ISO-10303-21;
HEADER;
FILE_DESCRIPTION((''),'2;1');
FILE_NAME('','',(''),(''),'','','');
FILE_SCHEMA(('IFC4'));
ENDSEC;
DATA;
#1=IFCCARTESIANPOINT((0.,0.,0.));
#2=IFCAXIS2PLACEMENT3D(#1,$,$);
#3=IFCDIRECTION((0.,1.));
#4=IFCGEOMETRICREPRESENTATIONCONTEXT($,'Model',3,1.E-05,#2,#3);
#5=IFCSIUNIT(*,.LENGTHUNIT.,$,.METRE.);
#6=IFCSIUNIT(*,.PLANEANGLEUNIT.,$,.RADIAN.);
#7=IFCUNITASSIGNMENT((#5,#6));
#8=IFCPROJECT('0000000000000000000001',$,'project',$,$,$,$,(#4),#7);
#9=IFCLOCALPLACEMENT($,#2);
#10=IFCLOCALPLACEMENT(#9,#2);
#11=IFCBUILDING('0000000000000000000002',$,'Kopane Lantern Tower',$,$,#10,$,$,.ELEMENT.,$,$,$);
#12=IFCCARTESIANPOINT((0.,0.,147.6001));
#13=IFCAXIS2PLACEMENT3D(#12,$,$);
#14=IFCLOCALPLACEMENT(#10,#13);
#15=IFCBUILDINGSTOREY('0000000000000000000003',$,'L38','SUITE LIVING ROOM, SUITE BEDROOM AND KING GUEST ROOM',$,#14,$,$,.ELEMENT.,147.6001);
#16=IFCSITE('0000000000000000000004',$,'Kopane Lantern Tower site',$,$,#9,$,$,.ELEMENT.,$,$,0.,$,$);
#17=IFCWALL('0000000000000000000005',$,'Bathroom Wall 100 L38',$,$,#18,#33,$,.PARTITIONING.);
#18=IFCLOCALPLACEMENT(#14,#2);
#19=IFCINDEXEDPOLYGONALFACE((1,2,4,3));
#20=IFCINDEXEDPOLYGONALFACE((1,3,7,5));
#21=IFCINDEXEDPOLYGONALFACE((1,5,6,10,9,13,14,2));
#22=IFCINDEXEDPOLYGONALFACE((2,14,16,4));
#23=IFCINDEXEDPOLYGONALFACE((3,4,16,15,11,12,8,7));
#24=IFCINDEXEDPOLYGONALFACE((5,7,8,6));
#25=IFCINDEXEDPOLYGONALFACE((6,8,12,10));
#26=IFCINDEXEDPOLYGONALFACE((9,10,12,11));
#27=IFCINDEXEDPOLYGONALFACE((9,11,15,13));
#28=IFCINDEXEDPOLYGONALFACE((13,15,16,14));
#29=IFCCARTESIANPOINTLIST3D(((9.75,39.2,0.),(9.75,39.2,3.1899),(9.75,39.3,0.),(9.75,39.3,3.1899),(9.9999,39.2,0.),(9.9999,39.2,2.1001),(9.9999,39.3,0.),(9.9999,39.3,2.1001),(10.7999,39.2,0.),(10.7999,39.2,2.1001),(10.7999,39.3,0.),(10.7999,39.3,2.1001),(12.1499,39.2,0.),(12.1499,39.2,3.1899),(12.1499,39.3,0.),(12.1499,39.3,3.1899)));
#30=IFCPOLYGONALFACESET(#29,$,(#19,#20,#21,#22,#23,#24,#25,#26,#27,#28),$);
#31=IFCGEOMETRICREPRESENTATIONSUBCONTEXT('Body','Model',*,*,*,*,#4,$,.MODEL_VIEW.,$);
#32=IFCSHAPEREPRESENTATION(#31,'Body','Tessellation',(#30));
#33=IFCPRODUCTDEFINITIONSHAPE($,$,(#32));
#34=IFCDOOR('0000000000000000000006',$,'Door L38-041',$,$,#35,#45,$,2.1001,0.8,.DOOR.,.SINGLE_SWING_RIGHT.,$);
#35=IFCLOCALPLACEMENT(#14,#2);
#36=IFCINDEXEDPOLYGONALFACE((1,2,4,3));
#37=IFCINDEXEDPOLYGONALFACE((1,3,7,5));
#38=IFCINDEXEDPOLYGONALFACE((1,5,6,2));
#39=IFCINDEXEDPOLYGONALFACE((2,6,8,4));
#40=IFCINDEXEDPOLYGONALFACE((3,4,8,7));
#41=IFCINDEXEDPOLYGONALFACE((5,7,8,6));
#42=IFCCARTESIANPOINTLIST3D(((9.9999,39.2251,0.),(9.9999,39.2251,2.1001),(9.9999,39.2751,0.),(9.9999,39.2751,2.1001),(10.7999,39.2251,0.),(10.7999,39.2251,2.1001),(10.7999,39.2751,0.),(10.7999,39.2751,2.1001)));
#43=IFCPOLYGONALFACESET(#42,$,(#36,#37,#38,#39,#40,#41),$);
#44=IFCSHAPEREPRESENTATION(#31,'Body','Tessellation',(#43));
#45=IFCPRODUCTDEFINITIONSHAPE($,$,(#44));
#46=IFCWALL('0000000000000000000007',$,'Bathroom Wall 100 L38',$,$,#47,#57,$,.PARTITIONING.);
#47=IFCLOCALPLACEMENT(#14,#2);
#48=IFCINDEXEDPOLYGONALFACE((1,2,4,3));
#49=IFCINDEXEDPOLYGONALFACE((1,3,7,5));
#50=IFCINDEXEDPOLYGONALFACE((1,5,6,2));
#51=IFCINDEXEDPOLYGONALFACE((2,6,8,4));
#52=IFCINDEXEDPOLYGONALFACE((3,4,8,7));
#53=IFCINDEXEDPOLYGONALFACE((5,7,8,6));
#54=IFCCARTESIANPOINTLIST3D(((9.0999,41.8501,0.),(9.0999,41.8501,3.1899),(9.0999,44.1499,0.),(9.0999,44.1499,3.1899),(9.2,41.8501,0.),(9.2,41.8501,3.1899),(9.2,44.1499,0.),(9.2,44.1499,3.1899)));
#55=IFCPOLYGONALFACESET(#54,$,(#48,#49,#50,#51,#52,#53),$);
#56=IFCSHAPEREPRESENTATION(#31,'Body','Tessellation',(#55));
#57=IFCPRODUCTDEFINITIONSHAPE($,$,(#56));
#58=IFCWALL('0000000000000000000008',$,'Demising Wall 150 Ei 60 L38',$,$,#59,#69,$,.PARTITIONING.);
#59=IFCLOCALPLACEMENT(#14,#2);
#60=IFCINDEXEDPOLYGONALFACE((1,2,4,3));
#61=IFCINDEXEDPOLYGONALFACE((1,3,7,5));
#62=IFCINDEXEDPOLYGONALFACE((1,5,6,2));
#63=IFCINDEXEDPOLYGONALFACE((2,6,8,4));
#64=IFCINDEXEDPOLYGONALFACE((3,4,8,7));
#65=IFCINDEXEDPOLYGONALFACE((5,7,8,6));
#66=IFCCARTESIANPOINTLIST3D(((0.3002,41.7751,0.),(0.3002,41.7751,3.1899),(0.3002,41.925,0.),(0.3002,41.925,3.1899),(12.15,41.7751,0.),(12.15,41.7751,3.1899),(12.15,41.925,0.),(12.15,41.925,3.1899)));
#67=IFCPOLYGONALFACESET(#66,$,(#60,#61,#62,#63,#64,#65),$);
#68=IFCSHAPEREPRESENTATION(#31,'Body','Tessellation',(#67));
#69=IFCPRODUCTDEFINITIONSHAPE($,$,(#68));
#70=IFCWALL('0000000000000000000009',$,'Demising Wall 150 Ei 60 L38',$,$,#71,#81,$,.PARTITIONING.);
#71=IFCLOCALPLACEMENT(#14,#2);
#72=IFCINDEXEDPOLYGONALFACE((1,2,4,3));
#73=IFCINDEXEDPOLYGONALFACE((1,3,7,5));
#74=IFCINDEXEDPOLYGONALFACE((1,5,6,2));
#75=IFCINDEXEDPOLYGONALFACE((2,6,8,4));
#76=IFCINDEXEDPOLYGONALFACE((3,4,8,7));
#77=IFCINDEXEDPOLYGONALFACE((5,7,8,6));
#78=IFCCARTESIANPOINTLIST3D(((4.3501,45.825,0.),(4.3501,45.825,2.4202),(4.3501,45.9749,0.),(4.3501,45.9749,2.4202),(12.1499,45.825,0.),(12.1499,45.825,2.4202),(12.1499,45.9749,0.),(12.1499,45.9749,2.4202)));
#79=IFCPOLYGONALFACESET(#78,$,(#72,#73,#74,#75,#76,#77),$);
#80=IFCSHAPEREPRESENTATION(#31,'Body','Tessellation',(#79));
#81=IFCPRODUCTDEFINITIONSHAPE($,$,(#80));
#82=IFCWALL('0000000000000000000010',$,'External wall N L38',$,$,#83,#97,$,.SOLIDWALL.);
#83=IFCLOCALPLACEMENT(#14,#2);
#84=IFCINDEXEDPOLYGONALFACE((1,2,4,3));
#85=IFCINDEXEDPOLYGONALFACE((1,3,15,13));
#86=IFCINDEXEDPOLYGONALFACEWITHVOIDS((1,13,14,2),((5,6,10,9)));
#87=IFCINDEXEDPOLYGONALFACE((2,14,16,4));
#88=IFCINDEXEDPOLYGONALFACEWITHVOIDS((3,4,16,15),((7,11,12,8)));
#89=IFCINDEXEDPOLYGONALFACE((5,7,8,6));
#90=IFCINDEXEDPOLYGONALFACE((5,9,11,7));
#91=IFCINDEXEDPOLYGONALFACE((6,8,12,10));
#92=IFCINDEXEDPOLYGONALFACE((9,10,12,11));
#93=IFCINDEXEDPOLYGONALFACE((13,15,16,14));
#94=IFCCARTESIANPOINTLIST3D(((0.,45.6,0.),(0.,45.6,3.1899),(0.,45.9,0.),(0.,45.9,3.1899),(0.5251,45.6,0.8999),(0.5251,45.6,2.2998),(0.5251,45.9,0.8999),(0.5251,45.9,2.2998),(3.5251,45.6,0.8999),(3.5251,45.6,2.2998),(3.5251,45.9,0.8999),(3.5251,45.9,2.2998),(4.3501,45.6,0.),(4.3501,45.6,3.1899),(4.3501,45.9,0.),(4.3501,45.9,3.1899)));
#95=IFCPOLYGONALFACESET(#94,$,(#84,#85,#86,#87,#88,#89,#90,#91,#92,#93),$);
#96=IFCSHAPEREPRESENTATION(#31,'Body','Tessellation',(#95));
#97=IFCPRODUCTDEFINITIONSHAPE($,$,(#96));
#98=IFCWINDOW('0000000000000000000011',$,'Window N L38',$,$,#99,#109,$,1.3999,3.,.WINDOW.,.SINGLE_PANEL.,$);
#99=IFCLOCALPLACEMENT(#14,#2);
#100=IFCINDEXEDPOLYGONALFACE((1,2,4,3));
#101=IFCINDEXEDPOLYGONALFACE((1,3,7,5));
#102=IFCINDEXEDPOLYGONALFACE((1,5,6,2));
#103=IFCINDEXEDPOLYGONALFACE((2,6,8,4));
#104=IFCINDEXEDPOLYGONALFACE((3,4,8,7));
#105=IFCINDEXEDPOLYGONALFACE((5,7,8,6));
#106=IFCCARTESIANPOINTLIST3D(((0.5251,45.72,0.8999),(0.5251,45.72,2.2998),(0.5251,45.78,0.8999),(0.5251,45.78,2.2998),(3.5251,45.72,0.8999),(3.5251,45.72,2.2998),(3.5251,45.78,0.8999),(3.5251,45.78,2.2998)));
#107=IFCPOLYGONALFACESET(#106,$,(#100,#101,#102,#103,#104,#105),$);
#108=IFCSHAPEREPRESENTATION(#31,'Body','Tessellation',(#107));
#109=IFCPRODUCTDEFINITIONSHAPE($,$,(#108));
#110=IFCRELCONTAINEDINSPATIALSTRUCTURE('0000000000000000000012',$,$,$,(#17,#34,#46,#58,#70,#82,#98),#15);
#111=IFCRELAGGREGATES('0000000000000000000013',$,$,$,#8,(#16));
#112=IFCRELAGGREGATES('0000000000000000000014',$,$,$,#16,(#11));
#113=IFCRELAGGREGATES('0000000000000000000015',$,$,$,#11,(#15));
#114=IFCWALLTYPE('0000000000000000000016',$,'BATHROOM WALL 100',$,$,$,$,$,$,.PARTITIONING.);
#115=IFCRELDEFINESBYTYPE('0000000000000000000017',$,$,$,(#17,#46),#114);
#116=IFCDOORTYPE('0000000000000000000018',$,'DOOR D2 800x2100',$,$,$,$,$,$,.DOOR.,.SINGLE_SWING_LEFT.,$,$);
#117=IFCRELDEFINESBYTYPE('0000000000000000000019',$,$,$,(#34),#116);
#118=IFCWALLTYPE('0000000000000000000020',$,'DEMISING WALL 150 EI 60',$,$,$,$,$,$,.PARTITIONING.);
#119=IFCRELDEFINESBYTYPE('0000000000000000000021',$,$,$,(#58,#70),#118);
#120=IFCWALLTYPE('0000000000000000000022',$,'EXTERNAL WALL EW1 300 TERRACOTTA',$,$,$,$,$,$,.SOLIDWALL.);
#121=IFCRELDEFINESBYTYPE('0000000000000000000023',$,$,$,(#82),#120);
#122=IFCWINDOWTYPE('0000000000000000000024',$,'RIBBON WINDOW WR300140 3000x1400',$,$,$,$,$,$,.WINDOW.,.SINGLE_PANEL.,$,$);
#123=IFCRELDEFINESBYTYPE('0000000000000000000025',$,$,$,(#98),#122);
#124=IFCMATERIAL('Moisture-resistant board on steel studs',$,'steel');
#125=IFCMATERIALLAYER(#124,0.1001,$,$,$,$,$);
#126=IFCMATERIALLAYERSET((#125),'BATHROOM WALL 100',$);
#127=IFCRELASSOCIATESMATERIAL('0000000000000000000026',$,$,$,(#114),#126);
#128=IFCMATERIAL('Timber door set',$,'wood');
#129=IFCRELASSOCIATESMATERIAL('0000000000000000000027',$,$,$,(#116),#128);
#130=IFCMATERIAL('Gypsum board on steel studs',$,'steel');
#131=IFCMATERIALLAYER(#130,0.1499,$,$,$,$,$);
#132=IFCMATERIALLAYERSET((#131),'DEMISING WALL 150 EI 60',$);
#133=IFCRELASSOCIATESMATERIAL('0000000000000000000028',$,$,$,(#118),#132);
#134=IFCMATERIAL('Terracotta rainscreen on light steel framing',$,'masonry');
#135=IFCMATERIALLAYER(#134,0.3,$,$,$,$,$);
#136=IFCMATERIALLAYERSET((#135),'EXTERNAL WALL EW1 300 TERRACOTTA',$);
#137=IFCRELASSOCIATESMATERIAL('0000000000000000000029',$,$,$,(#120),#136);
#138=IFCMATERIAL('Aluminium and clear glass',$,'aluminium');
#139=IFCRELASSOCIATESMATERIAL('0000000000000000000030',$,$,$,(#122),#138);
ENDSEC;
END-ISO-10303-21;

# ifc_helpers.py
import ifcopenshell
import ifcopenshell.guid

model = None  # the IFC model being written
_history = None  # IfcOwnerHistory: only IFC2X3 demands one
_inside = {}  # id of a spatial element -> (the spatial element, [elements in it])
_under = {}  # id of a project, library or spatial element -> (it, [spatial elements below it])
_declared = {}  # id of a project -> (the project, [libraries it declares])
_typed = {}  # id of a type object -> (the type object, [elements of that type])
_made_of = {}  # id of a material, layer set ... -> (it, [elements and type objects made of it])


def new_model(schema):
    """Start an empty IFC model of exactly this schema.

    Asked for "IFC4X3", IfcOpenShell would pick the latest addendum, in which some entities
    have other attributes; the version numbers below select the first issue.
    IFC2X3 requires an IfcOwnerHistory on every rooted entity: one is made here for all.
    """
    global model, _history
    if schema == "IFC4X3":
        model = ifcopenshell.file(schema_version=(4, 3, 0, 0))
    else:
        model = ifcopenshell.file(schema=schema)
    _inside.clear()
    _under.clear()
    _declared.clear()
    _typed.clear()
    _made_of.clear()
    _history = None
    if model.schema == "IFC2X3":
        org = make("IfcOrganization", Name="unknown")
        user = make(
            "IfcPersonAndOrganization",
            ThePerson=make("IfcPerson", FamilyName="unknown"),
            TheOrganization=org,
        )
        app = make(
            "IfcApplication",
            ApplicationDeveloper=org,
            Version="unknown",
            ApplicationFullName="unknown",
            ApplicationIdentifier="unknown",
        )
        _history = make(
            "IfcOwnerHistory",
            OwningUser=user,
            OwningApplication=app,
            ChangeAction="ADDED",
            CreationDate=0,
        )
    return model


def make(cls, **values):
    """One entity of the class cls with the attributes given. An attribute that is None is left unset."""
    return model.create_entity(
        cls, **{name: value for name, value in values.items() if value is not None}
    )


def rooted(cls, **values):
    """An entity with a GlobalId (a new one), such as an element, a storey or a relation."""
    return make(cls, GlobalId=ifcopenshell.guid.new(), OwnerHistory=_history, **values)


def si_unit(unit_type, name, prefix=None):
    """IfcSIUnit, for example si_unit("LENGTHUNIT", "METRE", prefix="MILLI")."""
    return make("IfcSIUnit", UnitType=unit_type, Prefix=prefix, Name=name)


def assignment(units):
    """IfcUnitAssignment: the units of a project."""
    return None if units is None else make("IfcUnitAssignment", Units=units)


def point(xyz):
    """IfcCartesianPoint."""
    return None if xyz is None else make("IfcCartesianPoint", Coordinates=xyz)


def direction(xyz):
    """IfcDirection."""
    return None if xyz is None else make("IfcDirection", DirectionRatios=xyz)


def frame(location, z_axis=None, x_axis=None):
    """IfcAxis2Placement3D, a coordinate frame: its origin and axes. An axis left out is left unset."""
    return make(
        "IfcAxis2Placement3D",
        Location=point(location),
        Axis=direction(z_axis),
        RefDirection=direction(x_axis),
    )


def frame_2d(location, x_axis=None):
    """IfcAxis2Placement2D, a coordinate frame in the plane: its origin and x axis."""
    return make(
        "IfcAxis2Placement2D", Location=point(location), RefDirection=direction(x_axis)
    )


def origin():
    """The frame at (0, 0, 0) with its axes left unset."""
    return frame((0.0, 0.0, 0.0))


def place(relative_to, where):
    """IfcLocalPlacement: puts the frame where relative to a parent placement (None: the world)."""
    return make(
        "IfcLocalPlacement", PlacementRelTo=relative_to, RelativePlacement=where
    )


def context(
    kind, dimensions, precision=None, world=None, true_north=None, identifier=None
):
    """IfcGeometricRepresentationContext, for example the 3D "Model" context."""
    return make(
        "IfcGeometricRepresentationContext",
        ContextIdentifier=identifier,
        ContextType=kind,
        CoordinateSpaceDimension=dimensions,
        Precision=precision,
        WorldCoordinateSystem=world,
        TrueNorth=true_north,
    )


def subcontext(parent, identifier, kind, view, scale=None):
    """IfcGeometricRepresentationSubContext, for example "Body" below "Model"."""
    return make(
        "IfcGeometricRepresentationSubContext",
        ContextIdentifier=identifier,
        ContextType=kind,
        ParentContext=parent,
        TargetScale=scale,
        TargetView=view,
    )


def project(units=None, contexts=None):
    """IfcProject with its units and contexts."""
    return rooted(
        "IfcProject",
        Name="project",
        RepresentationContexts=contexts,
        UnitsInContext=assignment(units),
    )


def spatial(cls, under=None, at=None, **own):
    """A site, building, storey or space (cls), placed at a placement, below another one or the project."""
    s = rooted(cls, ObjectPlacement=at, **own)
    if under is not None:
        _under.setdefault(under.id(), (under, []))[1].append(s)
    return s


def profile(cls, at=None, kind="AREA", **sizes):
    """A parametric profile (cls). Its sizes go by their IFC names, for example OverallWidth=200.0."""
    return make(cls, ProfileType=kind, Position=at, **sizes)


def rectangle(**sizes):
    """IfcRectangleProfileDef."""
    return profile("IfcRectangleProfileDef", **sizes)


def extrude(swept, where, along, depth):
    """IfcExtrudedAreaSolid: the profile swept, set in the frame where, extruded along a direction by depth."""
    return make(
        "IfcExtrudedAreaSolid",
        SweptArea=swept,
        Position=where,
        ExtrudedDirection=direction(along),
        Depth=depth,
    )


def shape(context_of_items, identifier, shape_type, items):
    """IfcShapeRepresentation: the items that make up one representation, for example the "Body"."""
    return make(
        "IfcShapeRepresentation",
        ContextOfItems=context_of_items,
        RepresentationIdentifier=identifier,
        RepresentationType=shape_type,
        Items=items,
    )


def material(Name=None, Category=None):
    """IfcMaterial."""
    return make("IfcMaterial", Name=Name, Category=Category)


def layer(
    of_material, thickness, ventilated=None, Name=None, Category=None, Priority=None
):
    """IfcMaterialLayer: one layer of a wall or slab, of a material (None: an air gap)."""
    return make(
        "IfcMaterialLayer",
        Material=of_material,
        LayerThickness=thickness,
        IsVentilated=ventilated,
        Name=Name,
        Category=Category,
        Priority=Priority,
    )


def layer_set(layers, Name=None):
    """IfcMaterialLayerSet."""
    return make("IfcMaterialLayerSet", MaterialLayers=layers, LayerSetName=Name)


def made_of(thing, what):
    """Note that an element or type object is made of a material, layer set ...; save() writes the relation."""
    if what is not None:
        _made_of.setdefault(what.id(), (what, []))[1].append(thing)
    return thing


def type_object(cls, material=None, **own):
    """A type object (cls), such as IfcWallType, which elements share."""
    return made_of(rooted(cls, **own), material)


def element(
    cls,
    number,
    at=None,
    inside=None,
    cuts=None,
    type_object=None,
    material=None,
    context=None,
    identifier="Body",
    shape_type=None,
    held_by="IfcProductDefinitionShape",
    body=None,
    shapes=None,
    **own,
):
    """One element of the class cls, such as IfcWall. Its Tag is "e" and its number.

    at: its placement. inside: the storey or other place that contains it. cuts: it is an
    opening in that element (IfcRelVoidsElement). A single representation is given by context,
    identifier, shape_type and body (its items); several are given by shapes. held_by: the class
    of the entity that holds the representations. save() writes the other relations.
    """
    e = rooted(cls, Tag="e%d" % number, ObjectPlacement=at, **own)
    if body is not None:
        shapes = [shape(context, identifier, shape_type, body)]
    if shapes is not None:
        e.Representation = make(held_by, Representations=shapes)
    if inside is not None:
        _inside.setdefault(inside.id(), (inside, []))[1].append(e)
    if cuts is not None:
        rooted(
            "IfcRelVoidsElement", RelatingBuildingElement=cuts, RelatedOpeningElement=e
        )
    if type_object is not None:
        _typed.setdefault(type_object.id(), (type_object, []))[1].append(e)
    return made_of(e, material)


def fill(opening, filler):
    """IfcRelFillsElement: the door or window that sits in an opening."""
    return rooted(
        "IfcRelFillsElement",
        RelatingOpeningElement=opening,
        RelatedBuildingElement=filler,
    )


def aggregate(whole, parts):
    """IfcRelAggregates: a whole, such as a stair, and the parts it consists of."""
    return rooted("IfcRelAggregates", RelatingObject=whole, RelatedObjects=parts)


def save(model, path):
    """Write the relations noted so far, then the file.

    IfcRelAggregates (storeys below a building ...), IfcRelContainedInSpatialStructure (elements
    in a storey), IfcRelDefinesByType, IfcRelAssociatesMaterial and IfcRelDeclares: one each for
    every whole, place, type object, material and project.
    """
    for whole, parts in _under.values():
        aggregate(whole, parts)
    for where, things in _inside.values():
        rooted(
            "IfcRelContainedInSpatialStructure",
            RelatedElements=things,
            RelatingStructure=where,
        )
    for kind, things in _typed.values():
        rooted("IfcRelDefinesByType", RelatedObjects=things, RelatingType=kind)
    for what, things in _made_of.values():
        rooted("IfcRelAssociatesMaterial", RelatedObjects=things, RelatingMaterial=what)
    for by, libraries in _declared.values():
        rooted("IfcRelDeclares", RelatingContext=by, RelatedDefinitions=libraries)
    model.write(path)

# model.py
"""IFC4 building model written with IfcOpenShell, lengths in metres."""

from ifc_helpers import new_model, si_unit, direction, frame, frame_2d, origin, place, context, subcontext, project, spatial, rectangle, extrude, material, layer, layer_set, type_object, element, fill, save


model = new_model("IFC4")

# Units and contexts
model_context = context("Model", 3, precision=1e-05, world=origin(), true_north=direction((0.0, 1.0)))
body_context = subcontext(model_context, "Body", "Model", "MODEL_VIEW")
ifc_project = project(units=[si_unit("LENGTHUNIT", "METRE"), si_unit("PLANEANGLEUNIT", "RADIAN")], contexts=[model_context])

# Site, building, storey
site_placement = place(None, origin())
site = spatial("IfcSite", under=ifc_project, at=site_placement, Name="Kopane Lantern Tower site", CompositionType="ELEMENT", RefElevation=0.0)
building_placement = place(site_placement, origin())
building = spatial("IfcBuilding", under=site, at=building_placement, Name="Kopane Lantern Tower", CompositionType="ELEMENT")
storey_placement = place(building_placement, frame((0.0, 0.0, 147.6001)))
storey = spatial("IfcBuildingStorey", under=building, at=storey_placement, Name="L38", Description="SUITE LIVING ROOM, SUITE BEDROOM AND KING GUEST ROOM", CompositionType="ELEMENT", Elevation=147.6001)

# Wall, opening, door
ifc_material_1 = material(Name="Moisture-resistant board on steel studs", Category="steel")
ifc_layer_1 = layer(ifc_material_1, 0.1001)
ifc_layer_set_1 = layer_set([ifc_layer_1], Name="BATHROOM WALL 100")
wall_type_1 = type_object("IfcWallType", Name="BATHROOM WALL 100", PredefinedType="PARTITIONING", material=ifc_layer_set_1)
wall_1_placement = place(storey_placement, frame((12.1499, 39.25, 0.0), z_axis=(0.0, 0.0, 1.0), x_axis=(-1.0, 0.0, 0.0)))
wall_1 = element("IfcWall", 1, at=wall_1_placement, inside=storey, type_object=wall_type_1, Name="Bathroom Wall 100 L38", PredefinedType="PARTITIONING", context=body_context, shape_type="SweptSolid", body=[
    extrude(rectangle(XDim=2.3999, YDim=0.1001, at=frame_2d((1.2, 0.0))), origin(), (0.0, 0.0, 1.0), 3.1899),
])
opening_1_placement = place(wall_1_placement, frame((1.3501, 0.0, 0.0)))
opening_1 = element("IfcOpeningElement", 2, at=opening_1_placement, cuts=wall_1, PredefinedType="OPENING", context=body_context, shape_type="SweptSolid", body=[
    extrude(rectangle(XDim=0.8, YDim=2.1001, at=frame_2d((0.3999, 1.05))), frame((0.0, 0.0601, 0.0), z_axis=(0.0, -1.0, 0.0), x_axis=(1.0, 0.0, 0.0)), (0.0, 0.0, 1.0), 0.1201),
])
ifc_material_2 = material(Name="Timber door set", Category="wood")
door_type = type_object("IfcDoorType", Name="DOOR D2 800x2100", OperationType="SINGLE_SWING_LEFT", PredefinedType="DOOR", material=ifc_material_2)
door_placement = place(opening_1_placement, origin())
door = element("IfcDoor", 3, at=door_placement, inside=storey, type_object=door_type, Name="Door L38-041", OperationType="SINGLE_SWING_RIGHT", OverallHeight=2.1001, OverallWidth=0.8, PredefinedType="DOOR", context=body_context, shape_type="SweptSolid", body=[
    extrude(rectangle(XDim=0.8, YDim=2.1001, at=frame_2d((0.3999, 1.05))), frame((0.0, 0.0249, 0.0), z_axis=(0.0, -1.0, 0.0), x_axis=(1.0, 0.0, 0.0)), (0.0, 0.0, 1.0), 0.05),
])
fill(opening_1, door)

# Walls
wall_2_placement = place(storey_placement, frame((9.1499, 41.8501, 0.0), z_axis=(0.0, 0.0, 1.0), x_axis=(0.0, 1.0, 0.0)))
element("IfcWall", 4, at=wall_2_placement, inside=storey, type_object=wall_type_1, Name="Bathroom Wall 100 L38", PredefinedType="PARTITIONING", context=body_context, shape_type="SweptSolid", body=[
    extrude(rectangle(XDim=2.2998, YDim=0.1001, at=frame_2d((1.1499, 0.0))), origin(), (0.0, 0.0, 1.0), 3.1899),
])
ifc_material_3 = material(Name="Gypsum board on steel studs", Category="steel")
ifc_layer_2 = layer(ifc_material_3, 0.1499)
ifc_layer_set_2 = layer_set([ifc_layer_2], Name="DEMISING WALL 150 EI 60")
wall_type_2 = type_object("IfcWallType", Name="DEMISING WALL 150 EI 60", PredefinedType="PARTITIONING", material=ifc_layer_set_2)
wall_3_placement = place(storey_placement, frame((12.1499, 41.8501, 0.0), z_axis=(0.0, 0.0, 1.0), x_axis=(-1.0, 0.0, 0.0)))
element("IfcWall", 5, at=wall_3_placement, inside=storey, type_object=wall_type_2, Name="Demising Wall 150 Ei 60 L38", PredefinedType="PARTITIONING", context=body_context, shape_type="SweptSolid", body=[
    extrude(rectangle(XDim=11.8499, YDim=0.1499, at=frame_2d((5.9248, 0.0))), origin(), (0.0, 0.0, 1.0), 3.1899),
])
wall_4_placement = place(storey_placement, frame((4.3501, 45.8999, 0.0), z_axis=(0.0, 0.0, 1.0), x_axis=(1.0, 0.0, 0.0)))
element("IfcWall", 6, at=wall_4_placement, inside=storey, type_object=wall_type_2, Name="Demising Wall 150 Ei 60 L38", PredefinedType="PARTITIONING", context=body_context, shape_type="SweptSolid", body=[
    extrude(rectangle(XDim=7.7998, YDim=0.1499, at=frame_2d((3.8999, 0.0))), origin(), (0.0, 0.0, 1.0), 2.4202),
])

# Wall, opening, window
ifc_material_4 = material(Name="Terracotta rainscreen on light steel framing", Category="masonry")
ifc_layer_3 = layer(ifc_material_4, 0.3)
ifc_layer_set_3 = layer_set([ifc_layer_3], Name="EXTERNAL WALL EW1 300 TERRACOTTA")
wall_type_3 = type_object("IfcWallType", Name="EXTERNAL WALL EW1 300 TERRACOTTA", PredefinedType="SOLIDWALL", material=ifc_layer_set_3)
wall_5_placement = place(storey_placement, frame((4.3501, 45.75, 0.0), z_axis=(0.0, 0.0, 1.0), x_axis=(-1.0, 0.0, 0.0)))
wall_5 = element("IfcWall", 7, at=wall_5_placement, inside=storey, type_object=wall_type_3, Name="External wall N L38", PredefinedType="SOLIDWALL", context=body_context, shape_type="SweptSolid", body=[
    extrude(rectangle(XDim=4.3501, YDim=0.3, at=frame_2d((2.175, 0.0))), origin(), (0.0, 0.0, 1.0), 3.1899),
])
opening_2_placement = place(wall_5_placement, frame((0.825, 0.0, 0.8999)))
opening_2 = element("IfcOpeningElement", 8, at=opening_2_placement, cuts=wall_5, PredefinedType="OPENING", context=body_context, shape_type="SweptSolid", body=[
    extrude(rectangle(XDim=3.0, YDim=1.3999, at=frame_2d((1.5, 0.7))), frame((0.0, 0.1599, 0.0), z_axis=(0.0, -1.0, 0.0), x_axis=(1.0, 0.0, 0.0)), (0.0, 0.0, 1.0), 0.3201),
])
ifc_material_5 = material(Name="Aluminium and clear glass", Category="aluminium")
window_type = type_object("IfcWindowType", Name="RIBBON WINDOW WR300140 3000x1400", PartitioningType="SINGLE_PANEL", PredefinedType="WINDOW", material=ifc_material_5)
window_1_placement = place(opening_2_placement, origin())
window_1 = element("IfcWindow", 9, at=window_1_placement, inside=storey, type_object=window_type, Name="Window N L38", OverallHeight=1.3999, OverallWidth=3.0, PartitioningType="SINGLE_PANEL", PredefinedType="WINDOW", context=body_context, shape_type="SweptSolid", body=[
    extrude(rectangle(XDim=3.0, YDim=1.3999, at=frame_2d((1.5, 0.7))), frame((0.0, 0.03, 0.0), z_axis=(0.0, -1.0, 0.0), x_axis=(1.0, 0.0, 0.0)), (0.0, 0.0, 1.0), 0.0601),
])
fill(opening_2, window_1)

save(model, "model.ifc")
